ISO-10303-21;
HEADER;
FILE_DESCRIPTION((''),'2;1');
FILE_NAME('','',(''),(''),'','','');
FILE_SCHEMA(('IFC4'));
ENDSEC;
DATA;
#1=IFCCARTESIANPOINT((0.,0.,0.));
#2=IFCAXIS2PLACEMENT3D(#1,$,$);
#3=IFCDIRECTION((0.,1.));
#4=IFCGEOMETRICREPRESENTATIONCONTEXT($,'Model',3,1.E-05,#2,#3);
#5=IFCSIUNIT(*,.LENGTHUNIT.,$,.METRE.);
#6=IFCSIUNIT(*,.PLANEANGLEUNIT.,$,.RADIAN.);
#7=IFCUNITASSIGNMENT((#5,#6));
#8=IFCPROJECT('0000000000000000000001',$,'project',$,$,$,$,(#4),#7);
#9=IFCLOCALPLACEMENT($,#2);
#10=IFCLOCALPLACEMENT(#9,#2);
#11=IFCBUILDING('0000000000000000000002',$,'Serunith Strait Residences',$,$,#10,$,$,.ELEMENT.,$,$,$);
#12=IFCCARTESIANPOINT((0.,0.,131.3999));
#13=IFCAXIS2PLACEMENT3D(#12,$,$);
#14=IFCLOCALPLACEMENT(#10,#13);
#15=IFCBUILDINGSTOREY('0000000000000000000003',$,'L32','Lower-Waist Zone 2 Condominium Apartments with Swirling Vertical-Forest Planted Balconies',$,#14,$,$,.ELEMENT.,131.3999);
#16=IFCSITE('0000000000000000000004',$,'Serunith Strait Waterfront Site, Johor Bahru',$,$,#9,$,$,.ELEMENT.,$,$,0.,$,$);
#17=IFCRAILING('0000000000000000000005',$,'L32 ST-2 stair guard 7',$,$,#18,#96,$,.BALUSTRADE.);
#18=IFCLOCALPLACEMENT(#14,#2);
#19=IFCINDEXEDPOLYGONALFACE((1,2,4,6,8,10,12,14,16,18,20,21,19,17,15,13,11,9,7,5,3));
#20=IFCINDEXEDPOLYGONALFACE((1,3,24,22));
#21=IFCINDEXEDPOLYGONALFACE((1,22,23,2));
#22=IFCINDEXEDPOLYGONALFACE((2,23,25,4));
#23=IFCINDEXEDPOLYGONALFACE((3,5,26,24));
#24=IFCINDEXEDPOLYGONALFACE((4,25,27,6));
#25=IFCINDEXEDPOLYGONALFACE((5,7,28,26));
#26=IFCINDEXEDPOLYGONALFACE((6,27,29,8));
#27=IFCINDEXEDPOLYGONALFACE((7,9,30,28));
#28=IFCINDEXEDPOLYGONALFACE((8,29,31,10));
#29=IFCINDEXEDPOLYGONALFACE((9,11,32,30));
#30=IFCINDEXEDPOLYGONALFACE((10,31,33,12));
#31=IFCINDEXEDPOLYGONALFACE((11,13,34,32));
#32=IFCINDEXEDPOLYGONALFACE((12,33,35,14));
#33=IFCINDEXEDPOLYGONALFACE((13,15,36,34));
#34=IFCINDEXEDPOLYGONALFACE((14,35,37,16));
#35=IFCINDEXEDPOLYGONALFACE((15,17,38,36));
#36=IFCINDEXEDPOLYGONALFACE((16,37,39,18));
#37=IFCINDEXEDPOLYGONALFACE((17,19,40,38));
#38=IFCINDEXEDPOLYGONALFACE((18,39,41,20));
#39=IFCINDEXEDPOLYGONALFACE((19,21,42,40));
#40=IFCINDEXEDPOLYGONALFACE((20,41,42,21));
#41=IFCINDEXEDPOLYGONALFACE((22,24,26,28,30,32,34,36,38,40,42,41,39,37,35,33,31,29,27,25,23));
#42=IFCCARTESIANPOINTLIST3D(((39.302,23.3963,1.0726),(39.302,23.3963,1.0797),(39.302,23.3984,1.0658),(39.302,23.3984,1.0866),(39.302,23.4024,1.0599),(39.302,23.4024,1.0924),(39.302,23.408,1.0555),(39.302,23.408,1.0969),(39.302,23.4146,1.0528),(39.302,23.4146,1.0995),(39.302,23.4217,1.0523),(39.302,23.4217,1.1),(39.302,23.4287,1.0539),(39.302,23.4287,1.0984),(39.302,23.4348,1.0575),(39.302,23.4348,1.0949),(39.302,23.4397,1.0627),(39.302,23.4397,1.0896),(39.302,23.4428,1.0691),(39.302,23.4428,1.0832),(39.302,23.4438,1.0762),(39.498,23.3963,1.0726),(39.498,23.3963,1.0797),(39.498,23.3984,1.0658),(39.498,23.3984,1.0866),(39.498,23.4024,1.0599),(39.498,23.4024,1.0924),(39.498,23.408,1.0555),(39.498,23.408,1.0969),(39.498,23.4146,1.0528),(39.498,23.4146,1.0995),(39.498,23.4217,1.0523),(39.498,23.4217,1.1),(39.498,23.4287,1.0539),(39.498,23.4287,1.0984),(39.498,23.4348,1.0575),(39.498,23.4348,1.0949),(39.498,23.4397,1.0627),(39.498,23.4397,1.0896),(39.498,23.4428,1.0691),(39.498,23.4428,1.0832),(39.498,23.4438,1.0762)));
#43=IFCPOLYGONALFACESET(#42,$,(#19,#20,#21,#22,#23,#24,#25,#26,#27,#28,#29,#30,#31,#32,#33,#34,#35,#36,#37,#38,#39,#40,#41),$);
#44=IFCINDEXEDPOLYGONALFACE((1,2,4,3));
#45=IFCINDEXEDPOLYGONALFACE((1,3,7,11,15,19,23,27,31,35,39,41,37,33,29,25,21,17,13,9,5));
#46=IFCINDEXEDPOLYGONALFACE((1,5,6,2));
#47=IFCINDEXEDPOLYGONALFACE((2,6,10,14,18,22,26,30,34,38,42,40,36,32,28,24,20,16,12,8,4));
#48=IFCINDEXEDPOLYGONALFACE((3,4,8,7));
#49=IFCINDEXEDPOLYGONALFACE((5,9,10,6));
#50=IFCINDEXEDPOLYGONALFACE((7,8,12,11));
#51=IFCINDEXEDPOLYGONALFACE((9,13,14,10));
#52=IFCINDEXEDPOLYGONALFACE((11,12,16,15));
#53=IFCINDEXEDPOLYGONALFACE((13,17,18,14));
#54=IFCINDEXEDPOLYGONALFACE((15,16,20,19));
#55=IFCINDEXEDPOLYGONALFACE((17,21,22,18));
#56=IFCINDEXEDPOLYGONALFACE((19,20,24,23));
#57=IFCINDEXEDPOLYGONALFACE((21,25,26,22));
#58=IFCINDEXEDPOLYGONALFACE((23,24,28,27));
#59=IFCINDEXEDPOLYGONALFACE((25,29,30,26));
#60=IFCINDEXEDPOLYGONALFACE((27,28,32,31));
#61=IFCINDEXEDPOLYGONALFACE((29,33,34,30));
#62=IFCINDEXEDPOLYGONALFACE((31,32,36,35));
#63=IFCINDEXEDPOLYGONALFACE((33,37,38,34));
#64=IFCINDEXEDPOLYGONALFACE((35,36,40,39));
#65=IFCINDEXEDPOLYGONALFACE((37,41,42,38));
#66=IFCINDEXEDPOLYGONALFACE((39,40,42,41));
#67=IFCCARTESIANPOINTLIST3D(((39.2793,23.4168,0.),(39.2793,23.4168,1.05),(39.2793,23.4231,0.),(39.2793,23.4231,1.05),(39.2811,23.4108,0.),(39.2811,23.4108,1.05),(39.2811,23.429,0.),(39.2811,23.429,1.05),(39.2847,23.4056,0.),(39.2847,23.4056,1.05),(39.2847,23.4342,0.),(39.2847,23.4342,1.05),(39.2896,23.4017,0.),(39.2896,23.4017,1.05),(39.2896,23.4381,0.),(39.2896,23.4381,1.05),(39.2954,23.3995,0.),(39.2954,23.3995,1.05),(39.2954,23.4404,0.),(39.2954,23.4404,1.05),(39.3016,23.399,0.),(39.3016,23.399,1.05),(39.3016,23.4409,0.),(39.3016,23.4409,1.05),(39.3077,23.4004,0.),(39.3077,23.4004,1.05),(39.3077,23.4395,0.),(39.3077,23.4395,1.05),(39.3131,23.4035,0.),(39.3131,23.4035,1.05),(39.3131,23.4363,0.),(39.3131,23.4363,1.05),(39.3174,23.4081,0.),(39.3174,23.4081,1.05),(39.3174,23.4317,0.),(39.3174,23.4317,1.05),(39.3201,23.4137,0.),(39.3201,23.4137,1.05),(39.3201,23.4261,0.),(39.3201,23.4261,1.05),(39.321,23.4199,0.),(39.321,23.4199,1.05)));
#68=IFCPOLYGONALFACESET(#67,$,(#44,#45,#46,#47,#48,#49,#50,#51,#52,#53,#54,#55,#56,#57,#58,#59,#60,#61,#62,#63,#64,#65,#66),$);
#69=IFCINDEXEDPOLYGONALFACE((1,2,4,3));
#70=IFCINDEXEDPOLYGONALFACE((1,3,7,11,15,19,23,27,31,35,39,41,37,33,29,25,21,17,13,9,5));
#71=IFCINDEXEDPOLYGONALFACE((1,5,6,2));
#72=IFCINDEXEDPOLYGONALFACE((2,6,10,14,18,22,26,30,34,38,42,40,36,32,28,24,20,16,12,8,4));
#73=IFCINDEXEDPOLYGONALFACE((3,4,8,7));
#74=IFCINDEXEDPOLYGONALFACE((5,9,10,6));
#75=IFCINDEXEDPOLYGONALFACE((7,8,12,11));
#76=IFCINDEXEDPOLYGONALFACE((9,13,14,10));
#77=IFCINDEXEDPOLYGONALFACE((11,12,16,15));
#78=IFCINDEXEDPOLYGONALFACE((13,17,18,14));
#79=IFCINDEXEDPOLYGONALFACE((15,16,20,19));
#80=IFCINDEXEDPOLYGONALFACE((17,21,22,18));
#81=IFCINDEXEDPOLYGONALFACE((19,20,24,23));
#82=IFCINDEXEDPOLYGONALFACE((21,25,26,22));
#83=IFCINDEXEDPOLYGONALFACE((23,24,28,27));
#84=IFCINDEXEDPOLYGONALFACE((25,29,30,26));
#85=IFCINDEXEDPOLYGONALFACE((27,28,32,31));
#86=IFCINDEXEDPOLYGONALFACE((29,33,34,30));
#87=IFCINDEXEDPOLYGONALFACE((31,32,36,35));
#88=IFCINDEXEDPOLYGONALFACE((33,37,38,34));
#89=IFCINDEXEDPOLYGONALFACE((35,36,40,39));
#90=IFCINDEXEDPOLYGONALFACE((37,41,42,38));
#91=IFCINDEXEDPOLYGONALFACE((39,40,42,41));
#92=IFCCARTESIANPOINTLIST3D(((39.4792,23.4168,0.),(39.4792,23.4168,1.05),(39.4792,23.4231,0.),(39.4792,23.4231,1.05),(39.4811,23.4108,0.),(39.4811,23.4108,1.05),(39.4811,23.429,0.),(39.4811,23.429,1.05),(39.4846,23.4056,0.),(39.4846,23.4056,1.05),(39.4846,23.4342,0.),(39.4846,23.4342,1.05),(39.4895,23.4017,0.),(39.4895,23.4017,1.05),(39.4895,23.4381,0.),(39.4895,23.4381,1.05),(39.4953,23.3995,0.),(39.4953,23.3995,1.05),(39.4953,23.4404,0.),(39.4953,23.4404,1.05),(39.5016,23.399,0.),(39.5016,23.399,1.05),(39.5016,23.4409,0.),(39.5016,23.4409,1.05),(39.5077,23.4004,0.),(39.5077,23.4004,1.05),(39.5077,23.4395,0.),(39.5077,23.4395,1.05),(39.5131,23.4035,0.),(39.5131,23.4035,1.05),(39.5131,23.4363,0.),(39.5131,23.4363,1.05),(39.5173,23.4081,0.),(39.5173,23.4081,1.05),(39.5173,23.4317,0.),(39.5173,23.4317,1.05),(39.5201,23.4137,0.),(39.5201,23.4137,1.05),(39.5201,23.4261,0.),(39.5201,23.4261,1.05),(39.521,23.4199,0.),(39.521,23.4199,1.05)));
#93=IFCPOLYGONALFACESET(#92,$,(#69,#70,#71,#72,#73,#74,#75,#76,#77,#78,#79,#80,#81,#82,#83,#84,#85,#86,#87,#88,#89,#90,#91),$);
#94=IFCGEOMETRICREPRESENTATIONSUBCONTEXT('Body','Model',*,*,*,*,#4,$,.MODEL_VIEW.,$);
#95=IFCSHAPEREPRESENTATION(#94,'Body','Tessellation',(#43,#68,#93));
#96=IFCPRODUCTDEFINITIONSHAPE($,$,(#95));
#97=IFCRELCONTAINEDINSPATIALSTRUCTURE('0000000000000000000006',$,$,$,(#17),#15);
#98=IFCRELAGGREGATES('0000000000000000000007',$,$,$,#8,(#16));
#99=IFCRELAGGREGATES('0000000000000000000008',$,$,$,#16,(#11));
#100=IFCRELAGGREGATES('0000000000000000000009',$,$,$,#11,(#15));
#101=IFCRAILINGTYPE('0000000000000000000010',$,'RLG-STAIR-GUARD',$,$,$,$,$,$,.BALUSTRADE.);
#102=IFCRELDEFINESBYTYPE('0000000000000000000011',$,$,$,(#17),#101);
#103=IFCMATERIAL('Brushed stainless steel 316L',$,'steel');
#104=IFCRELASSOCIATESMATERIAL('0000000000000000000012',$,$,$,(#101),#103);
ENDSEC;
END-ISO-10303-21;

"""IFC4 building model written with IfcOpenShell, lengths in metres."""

from ifc_helpers import new_model, si_unit, direction, frame, origin, origin_2d, place, context, subcontext, project, spatial, circle, extrude, material, type_object, element, save


model = new_model("IFC4")

# Units and contexts
model_context = context("Model", 3, precision=1e-05, world=origin(), true_north=direction((0.0, 1.0)))
body_context = subcontext(model_context, "Body", "Model", "MODEL_VIEW")
ifc_project = project(units=[si_unit("LENGTHUNIT", "METRE"), si_unit("PLANEANGLEUNIT", "RADIAN")], contexts=[model_context])

# Site, building, storey
site_placement = place(None, origin())
site = spatial("IfcSite", under=ifc_project, at=site_placement, Name="Serunith Strait Waterfront Site, Johor Bahru", CompositionType="ELEMENT", RefElevation=0.0)
building_placement = place(site_placement, origin())
building = spatial("IfcBuilding", under=site, at=building_placement, Name="Serunith Strait Residences", CompositionType="ELEMENT")
storey_placement = place(building_placement, frame((0.0, 0.0, 131.3999)))
storey = spatial("IfcBuildingStorey", under=building, at=storey_placement, Name="L32", Description="Lower-Waist Zone 2 Condominium Apartments with Swirling Vertical-Forest Planted Balconies", CompositionType="ELEMENT", Elevation=131.3999)

# Railing
ifc_material_1 = material(Name="Brushed stainless steel 316L", Category="steel")
railing_type_1 = type_object("IfcRailingType", Name="RLG-STAIR-GUARD", PredefinedType="BALUSTRADE", material=ifc_material_1)
railing_1_placement = place(storey_placement, frame((39.3, 23.4199, 0.0)))
element("IfcRailing", 1, at=railing_1_placement, inside=storey, type_object=railing_type_1, Name="L32 ST-2 stair guard 7", PredefinedType="BALUSTRADE", context=body_context, shape_type="SweptSolid", body=[
    extrude(circle(Radius=0.0239, at=origin_2d()), frame((0.002, 0.0, 1.0762), z_axis=(1.0, 0.0, 0.0), x_axis=(0.0, 1.0, 0.0)), (0.0, 0.0, 1.0), 0.196),
    extrude(circle(Radius=0.021, at=origin_2d()), origin(), (0.0, 0.0, 1.0), 1.05),
    extrude(circle(Radius=0.021, at=origin_2d()), frame((0.2, 0.0, 0.0)), (0.0, 0.0, 1.0), 1.05),
])

save(model, "model.ifc")
